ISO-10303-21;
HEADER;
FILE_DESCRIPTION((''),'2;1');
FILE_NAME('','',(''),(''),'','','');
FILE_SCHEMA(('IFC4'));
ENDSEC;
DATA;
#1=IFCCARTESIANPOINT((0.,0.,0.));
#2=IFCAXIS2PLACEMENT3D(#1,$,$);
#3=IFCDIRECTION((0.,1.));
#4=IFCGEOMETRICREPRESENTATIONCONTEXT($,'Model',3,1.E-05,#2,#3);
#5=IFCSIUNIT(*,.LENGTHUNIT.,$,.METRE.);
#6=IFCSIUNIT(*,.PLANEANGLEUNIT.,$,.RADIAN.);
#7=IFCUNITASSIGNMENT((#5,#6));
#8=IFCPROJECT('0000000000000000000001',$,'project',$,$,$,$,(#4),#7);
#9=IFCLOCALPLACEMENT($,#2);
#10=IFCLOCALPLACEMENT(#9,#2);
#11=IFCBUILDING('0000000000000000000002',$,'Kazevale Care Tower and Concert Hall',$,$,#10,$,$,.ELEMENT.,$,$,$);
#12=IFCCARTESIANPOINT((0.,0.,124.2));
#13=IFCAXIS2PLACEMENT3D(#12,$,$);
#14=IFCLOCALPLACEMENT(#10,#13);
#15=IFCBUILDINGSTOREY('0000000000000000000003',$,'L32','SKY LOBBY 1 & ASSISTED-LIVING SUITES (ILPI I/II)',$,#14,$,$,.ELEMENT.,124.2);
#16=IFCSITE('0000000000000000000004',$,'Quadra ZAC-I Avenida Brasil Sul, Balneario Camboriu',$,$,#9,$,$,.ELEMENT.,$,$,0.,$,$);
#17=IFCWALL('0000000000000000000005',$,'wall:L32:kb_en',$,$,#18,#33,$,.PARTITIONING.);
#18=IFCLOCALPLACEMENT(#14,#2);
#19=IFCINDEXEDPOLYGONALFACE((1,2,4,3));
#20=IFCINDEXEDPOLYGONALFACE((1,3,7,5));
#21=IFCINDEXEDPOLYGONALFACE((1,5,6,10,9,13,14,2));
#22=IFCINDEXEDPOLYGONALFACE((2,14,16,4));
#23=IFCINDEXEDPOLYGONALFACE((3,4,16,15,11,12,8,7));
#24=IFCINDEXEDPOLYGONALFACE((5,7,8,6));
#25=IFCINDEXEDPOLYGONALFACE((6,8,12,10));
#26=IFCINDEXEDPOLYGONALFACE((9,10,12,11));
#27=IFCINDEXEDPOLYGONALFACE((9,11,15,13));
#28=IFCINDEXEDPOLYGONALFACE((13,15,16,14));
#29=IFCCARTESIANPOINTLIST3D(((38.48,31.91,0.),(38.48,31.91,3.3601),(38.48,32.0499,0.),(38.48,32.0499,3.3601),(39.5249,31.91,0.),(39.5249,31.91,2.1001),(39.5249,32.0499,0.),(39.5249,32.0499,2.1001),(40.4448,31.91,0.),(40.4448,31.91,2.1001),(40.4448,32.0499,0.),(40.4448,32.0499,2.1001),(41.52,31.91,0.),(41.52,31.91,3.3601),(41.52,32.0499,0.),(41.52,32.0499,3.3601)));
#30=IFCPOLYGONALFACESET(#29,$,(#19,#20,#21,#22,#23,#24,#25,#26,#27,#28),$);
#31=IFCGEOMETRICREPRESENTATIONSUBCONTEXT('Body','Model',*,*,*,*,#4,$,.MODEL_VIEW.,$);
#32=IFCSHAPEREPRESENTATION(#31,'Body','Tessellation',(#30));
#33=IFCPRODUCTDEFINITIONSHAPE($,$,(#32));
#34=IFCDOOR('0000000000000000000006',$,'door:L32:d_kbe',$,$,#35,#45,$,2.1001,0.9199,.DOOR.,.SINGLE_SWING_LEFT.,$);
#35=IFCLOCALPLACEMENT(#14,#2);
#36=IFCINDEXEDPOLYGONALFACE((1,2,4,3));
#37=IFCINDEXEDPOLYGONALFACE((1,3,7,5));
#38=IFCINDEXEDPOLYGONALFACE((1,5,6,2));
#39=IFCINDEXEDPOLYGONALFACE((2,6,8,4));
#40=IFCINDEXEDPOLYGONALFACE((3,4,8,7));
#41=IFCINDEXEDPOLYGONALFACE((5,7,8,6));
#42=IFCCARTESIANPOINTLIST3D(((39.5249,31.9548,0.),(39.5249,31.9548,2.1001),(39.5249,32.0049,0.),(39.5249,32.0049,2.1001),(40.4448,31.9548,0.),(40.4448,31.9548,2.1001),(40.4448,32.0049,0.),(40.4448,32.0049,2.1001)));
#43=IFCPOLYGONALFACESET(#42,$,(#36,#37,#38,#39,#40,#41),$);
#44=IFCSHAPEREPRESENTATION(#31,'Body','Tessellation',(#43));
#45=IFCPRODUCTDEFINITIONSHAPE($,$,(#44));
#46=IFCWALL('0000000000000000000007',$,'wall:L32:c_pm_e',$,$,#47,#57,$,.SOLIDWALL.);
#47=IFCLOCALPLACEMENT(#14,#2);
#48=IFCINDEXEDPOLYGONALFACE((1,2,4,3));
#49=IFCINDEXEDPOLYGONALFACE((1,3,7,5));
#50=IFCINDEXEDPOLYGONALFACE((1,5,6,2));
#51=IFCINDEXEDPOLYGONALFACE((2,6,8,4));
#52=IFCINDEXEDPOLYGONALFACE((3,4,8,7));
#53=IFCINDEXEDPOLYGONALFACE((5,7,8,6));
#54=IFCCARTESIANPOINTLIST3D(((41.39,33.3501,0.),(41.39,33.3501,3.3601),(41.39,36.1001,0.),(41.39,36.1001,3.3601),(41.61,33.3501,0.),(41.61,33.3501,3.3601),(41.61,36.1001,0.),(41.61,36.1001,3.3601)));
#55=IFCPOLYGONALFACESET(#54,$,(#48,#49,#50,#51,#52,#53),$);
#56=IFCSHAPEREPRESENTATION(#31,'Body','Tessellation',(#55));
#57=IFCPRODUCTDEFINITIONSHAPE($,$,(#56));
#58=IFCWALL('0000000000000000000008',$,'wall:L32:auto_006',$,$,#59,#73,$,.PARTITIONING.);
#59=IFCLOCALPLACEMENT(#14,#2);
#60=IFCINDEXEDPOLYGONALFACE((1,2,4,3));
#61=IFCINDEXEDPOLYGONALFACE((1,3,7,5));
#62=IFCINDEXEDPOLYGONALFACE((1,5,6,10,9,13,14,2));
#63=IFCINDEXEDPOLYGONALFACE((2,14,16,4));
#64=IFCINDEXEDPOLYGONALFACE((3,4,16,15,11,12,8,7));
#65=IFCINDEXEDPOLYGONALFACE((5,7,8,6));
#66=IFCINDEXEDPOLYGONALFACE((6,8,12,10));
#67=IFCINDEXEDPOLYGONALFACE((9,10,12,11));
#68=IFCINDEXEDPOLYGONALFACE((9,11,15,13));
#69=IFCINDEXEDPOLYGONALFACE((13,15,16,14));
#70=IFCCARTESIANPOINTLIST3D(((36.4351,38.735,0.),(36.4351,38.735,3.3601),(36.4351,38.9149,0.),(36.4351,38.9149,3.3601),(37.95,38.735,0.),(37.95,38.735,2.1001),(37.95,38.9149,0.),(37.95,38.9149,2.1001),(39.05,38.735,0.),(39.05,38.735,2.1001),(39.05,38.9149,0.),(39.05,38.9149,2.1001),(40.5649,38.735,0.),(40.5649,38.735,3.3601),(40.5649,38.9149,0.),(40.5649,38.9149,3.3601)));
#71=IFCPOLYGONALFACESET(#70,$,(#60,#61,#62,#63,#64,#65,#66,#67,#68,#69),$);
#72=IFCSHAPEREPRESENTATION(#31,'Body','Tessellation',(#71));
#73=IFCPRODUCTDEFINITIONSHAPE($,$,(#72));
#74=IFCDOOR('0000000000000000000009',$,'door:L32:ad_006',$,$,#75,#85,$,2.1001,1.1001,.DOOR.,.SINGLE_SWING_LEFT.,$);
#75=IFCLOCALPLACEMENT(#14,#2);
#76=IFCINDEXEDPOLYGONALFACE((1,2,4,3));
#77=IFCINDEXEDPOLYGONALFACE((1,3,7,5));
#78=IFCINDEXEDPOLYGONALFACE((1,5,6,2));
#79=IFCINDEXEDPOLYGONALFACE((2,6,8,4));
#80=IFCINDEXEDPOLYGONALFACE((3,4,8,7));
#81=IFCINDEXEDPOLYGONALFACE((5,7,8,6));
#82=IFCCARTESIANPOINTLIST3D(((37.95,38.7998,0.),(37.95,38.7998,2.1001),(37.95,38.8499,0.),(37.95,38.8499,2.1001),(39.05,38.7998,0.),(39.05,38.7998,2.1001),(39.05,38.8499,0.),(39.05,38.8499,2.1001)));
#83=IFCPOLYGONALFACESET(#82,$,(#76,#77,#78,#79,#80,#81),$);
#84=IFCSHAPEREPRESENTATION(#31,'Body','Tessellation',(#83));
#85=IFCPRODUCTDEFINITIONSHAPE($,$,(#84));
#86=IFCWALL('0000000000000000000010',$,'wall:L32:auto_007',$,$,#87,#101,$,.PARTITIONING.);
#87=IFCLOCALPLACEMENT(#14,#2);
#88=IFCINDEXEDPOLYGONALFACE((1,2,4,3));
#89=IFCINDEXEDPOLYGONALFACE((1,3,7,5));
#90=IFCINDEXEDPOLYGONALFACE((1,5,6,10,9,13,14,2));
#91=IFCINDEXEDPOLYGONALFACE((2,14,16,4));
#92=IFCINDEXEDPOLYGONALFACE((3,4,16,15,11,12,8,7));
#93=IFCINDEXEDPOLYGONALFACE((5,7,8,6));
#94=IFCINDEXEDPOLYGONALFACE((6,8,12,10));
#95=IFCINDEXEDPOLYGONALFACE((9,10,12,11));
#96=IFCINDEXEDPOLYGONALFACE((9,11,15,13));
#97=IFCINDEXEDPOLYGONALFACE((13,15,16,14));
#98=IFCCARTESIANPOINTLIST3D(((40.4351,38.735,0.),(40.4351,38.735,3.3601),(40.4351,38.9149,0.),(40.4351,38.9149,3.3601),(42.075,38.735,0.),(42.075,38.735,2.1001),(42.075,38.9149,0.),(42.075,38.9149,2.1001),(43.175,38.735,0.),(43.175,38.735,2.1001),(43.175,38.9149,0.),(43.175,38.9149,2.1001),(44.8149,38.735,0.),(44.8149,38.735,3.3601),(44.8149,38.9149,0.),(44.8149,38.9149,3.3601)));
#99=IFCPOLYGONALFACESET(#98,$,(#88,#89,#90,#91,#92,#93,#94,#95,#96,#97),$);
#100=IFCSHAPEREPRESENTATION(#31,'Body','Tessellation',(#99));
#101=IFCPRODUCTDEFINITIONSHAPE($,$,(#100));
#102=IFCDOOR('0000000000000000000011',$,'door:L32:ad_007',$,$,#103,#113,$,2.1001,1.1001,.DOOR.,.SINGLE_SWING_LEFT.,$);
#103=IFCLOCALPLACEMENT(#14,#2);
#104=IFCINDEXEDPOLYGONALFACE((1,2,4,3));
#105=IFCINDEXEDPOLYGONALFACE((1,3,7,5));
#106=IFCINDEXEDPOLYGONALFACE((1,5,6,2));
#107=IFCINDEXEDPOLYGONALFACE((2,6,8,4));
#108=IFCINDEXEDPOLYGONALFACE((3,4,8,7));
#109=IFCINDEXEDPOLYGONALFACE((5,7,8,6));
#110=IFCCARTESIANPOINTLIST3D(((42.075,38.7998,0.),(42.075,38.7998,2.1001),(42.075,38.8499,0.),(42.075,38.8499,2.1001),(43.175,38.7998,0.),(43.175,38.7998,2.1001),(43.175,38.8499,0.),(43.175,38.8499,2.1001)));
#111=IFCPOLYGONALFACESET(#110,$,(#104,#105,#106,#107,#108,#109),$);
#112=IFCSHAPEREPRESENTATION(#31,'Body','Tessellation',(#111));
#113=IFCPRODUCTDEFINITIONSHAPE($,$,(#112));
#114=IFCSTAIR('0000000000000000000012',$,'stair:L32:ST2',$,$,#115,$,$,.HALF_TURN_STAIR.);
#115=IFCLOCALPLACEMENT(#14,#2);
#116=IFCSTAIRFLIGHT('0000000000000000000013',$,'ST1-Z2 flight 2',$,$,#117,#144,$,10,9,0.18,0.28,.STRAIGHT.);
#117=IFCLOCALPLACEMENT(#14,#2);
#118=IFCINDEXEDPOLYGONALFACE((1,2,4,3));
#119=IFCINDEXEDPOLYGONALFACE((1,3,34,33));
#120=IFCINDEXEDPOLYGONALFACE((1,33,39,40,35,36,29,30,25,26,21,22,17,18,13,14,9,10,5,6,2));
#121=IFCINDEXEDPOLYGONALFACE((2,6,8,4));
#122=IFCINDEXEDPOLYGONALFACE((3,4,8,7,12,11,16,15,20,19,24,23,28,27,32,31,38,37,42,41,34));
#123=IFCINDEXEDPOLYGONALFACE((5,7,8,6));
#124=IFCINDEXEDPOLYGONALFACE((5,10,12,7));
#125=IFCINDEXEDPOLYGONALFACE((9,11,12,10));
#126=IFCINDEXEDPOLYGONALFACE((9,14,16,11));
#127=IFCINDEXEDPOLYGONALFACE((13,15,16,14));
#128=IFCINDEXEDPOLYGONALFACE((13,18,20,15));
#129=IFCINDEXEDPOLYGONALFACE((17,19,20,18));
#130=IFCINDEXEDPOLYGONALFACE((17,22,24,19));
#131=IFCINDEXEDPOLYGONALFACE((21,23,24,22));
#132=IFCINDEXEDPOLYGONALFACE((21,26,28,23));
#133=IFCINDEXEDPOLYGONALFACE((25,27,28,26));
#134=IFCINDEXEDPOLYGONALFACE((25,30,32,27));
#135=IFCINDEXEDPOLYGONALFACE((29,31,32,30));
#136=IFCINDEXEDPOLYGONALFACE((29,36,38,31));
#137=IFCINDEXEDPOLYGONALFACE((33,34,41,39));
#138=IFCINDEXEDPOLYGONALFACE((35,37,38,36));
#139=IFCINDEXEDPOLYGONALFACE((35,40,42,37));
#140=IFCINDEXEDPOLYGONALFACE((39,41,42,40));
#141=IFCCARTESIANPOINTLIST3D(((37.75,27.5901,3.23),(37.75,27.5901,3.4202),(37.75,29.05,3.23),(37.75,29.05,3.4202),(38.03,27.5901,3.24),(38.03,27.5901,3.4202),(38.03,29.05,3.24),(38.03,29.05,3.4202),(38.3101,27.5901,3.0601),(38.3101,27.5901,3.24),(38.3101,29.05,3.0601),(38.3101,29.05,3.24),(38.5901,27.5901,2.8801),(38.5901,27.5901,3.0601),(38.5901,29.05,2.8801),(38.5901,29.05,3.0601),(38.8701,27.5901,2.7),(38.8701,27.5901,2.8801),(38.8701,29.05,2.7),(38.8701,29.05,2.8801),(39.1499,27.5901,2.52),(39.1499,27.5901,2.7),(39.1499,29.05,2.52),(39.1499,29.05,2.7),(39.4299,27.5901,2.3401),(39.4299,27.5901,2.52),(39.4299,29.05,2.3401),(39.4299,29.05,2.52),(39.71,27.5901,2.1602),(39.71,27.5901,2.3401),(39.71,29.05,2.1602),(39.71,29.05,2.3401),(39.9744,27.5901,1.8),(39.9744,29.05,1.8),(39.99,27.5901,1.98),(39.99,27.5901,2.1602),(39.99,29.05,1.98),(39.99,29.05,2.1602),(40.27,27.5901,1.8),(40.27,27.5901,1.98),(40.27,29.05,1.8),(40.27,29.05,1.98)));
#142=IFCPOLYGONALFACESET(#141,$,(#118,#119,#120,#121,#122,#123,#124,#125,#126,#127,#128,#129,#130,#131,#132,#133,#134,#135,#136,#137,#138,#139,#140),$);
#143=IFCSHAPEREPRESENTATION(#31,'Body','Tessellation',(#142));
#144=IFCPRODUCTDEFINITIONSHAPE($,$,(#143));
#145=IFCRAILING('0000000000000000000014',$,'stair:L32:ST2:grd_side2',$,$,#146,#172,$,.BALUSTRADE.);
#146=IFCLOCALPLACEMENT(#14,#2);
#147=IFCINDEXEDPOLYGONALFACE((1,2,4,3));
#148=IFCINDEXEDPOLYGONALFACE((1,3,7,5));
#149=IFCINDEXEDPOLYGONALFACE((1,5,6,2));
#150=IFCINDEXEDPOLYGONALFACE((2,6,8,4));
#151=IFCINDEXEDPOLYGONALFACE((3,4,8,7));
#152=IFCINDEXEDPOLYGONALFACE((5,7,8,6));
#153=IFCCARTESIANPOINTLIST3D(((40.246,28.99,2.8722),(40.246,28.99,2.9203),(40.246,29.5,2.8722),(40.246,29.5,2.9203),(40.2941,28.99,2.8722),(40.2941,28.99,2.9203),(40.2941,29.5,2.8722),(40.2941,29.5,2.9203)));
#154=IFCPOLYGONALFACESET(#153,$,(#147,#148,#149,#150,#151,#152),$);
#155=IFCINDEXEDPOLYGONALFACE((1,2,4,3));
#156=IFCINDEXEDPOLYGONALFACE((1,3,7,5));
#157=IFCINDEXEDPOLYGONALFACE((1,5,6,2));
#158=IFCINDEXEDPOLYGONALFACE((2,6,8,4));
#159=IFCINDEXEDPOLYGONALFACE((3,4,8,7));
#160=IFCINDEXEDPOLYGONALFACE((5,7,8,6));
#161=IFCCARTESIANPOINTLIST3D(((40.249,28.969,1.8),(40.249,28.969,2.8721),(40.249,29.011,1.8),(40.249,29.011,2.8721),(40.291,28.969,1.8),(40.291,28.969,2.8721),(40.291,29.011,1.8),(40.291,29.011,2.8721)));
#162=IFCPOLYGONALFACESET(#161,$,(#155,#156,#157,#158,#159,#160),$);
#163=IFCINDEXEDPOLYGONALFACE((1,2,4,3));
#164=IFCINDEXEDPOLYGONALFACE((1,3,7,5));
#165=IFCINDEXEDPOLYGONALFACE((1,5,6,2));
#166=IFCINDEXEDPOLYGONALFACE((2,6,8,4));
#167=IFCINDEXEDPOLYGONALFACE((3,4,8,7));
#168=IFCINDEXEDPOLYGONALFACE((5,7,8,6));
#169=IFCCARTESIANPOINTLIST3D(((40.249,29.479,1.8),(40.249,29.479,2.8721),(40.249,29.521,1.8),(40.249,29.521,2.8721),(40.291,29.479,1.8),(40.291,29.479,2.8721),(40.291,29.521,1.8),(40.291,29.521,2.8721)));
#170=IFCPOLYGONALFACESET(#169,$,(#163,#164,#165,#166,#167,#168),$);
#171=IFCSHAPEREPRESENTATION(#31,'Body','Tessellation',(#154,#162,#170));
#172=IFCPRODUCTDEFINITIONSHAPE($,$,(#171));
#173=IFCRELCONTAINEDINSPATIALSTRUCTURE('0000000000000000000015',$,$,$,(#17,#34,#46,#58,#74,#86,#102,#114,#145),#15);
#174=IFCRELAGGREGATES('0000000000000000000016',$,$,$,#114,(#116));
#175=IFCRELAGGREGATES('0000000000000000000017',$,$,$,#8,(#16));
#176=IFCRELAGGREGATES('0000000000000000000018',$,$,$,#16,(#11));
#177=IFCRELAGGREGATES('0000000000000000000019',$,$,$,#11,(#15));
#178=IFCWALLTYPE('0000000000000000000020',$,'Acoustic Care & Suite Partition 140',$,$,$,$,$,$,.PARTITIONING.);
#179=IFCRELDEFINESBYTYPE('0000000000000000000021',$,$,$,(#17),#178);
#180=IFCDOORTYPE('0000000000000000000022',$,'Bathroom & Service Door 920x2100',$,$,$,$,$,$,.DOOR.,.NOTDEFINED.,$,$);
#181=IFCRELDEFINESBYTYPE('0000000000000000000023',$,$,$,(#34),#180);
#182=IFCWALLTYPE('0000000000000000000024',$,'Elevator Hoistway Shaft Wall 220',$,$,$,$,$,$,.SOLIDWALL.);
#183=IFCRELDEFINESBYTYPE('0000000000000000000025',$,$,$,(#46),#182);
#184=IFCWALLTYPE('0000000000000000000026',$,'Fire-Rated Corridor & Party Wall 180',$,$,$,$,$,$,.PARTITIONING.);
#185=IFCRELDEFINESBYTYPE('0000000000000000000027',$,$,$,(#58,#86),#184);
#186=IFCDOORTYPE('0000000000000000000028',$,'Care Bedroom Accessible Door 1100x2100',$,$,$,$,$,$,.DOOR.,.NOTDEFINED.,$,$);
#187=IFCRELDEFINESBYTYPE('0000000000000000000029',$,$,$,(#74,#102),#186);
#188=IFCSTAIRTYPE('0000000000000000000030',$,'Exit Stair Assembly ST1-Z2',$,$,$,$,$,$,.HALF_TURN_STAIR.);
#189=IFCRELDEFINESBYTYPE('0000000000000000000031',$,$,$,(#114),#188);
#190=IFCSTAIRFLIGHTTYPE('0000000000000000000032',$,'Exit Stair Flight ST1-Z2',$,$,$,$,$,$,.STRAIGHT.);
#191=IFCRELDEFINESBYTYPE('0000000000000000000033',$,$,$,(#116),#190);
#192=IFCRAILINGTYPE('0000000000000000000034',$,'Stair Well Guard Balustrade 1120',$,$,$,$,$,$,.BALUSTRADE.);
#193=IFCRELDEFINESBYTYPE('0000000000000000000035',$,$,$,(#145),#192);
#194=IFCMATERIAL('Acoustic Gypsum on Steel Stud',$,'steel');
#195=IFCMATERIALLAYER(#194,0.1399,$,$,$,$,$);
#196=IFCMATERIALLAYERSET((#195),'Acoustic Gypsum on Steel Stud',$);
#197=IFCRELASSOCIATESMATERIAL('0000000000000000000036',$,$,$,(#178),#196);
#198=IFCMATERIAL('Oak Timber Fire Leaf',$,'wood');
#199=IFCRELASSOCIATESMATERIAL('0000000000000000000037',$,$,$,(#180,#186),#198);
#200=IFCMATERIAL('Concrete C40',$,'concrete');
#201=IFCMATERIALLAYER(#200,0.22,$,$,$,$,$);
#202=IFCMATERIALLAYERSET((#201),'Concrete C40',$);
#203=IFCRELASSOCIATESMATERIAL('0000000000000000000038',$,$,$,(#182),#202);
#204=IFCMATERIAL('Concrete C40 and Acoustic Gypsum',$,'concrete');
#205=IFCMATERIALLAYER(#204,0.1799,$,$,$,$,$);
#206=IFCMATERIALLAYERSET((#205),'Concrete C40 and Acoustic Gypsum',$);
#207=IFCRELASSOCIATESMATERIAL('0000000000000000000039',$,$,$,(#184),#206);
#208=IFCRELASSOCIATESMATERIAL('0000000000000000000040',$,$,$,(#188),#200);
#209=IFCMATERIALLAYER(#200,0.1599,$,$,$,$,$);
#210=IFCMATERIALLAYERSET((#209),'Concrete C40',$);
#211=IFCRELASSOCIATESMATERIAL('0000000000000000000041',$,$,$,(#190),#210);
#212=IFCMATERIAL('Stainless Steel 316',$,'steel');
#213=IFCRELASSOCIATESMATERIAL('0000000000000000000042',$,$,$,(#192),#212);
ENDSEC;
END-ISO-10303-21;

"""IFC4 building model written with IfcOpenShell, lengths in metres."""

from ifc_helpers import new_model, si_unit, direction, frame, frame_2d, origin, origin_2d, place, context, subcontext, project, spatial, polyline, rectangle, outline, extrude, material, layer, layer_set, type_object, element, fill, aggregate, save


model = new_model("IFC4")

# Units and contexts
model_context = context("Model", 3, precision=1e-05, world=origin(), true_north=direction((0.0, 1.0)))
body_context = subcontext(model_context, "Body", "Model", "MODEL_VIEW")
ifc_project = project(units=[si_unit("LENGTHUNIT", "METRE"), si_unit("PLANEANGLEUNIT", "RADIAN")], contexts=[model_context])

# Site, building, storey
site_placement = place(None, origin())
site = spatial("IfcSite", under=ifc_project, at=site_placement, Name="Quadra ZAC-I Avenida Brasil Sul, Balneario Camboriu", CompositionType="ELEMENT", RefElevation=0.0)
building_placement = place(site_placement, origin())
building = spatial("IfcBuilding", under=site, at=building_placement, Name="Kazevale Care Tower and Concert Hall", CompositionType="ELEMENT")
storey_placement = place(building_placement, frame((0.0, 0.0, 124.2)))
storey = spatial("IfcBuildingStorey", under=building, at=storey_placement, Name="L32", Description="SKY LOBBY 1 & ASSISTED-LIVING SUITES (ILPI I/II)", CompositionType="ELEMENT", Elevation=124.2)

# Shared definitions
ifc_material_1 = material(Name="Acoustic Gypsum on Steel Stud", Category="steel")
ifc_layer_1 = layer(ifc_material_1, 0.1399)
ifc_layer_set_1 = layer_set([ifc_layer_1], Name="Acoustic Gypsum on Steel Stud")
wall_type_1 = type_object("IfcWallType", Name="Acoustic Care & Suite Partition 140", PredefinedType="PARTITIONING", material=ifc_layer_set_1)

# Wall, opening, door
wall_1_placement = place(storey_placement, frame((38.48, 31.98, 0.0), z_axis=(0.0, 0.0, 1.0), x_axis=(1.0, 0.0, 0.0)))
wall_1 = element("IfcWall", 1, at=wall_1_placement, inside=storey, type_object=wall_type_1, Name="wall:L32:kb_en", PredefinedType="PARTITIONING", context=body_context, shape_type="SweptSolid", body=[
    extrude(rectangle(XDim=3.04, YDim=0.1399, at=frame_2d((1.52, 0.0))), origin(), (0.0, 0.0, 1.0), 3.3601),
])
opening_1_placement = place(wall_1_placement, frame((1.0449, 0.0, 0.0)))
opening_1 = element("IfcOpeningElement", 2, at=opening_1_placement, cuts=wall_1, PredefinedType="OPENING", context=body_context, shape_type="SweptSolid", body=[
    extrude(rectangle(XDim=0.9199, YDim=2.1001, at=frame_2d((0.46, 1.05))), frame((0.0, 0.0798, 0.0), z_axis=(0.0, -1.0, 0.0), x_axis=(1.0, 0.0, 0.0)), (0.0, 0.0, 1.0), 0.1599),
])
ifc_material_2 = material(Name="Oak Timber Fire Leaf", Category="wood")
door_type_1 = type_object("IfcDoorType", Name="Bathroom & Service Door 920x2100", OperationType="NOTDEFINED", PredefinedType="DOOR", material=ifc_material_2)
door_1_placement = place(opening_1_placement, origin())
door_1 = element("IfcDoor", 3, at=door_1_placement, inside=storey, type_object=door_type_1, Name="door:L32:d_kbe", OperationType="SINGLE_SWING_LEFT", OverallHeight=2.1001, OverallWidth=0.9199, PredefinedType="DOOR", context=body_context, shape_type="SweptSolid", body=[
    extrude(rectangle(XDim=0.9199, YDim=2.1001, at=frame_2d((0.46, 1.05))), frame((0.0, 0.0249, 0.0), z_axis=(0.0, -1.0, 0.0), x_axis=(1.0, 0.0, 0.0)), (0.0, 0.0, 1.0), 0.05),
])
fill(opening_1, door_1)

# Wall
ifc_material_3 = material(Name="Concrete C40", Category="concrete")
ifc_layer_2 = layer(ifc_material_3, 0.22)
ifc_layer_set_2 = layer_set([ifc_layer_2], Name="Concrete C40")
wall_type_2 = type_object("IfcWallType", Name="Elevator Hoistway Shaft Wall 220", PredefinedType="SOLIDWALL", material=ifc_layer_set_2)
wall_2_placement = place(storey_placement, frame((41.5, 33.3501, 0.0), z_axis=(0.0, 0.0, 1.0), x_axis=(0.0, 1.0, 0.0)))
element("IfcWall", 4, at=wall_2_placement, inside=storey, type_object=wall_type_2, Name="wall:L32:c_pm_e", PredefinedType="SOLIDWALL", context=body_context, shape_type="SweptSolid", body=[
    extrude(rectangle(XDim=2.75, YDim=0.22, at=frame_2d((1.375, 0.0))), origin(), (0.0, 0.0, 1.0), 3.3601),
])

# Walls, openings, doors
ifc_material_4 = material(Name="Concrete C40 and Acoustic Gypsum", Category="concrete")
ifc_layer_3 = layer(ifc_material_4, 0.1799)
ifc_layer_set_3 = layer_set([ifc_layer_3], Name="Concrete C40 and Acoustic Gypsum")
wall_type_3 = type_object("IfcWallType", Name="Fire-Rated Corridor & Party Wall 180", PredefinedType="PARTITIONING", material=ifc_layer_set_3)
wall_3_placement = place(storey_placement, frame((36.4351, 38.825, 0.0), z_axis=(0.0, 0.0, 1.0), x_axis=(1.0, 0.0, 0.0)))
wall_3 = element("IfcWall", 5, at=wall_3_placement, inside=storey, type_object=wall_type_3, Name="wall:L32:auto_006", PredefinedType="PARTITIONING", context=body_context, shape_type="SweptSolid", body=[
    extrude(rectangle(XDim=4.1299, YDim=0.1799, at=frame_2d((2.0649, 0.0))), origin(), (0.0, 0.0, 1.0), 3.3601),
])
opening_2_placement = place(wall_3_placement, frame((1.5149, 0.0, 0.0)))
opening_2 = element("IfcOpeningElement", 6, at=opening_2_placement, cuts=wall_3, PredefinedType="OPENING", context=body_context, shape_type="SweptSolid", body=[
    extrude(rectangle(XDim=1.1001, YDim=2.1001, at=frame_2d((0.55, 1.05))), frame((0.0, 0.0999, 0.0), z_axis=(0.0, -1.0, 0.0), x_axis=(1.0, 0.0, 0.0)), (0.0, 0.0, 1.0), 0.2),
])
door_type_2 = type_object("IfcDoorType", Name="Care Bedroom Accessible Door 1100x2100", OperationType="NOTDEFINED", PredefinedType="DOOR", material=ifc_material_2)
door_2_placement = place(opening_2_placement, origin())
door_2 = element("IfcDoor", 7, at=door_2_placement, inside=storey, type_object=door_type_2, Name="door:L32:ad_006", OperationType="SINGLE_SWING_LEFT", OverallHeight=2.1001, OverallWidth=1.1001, PredefinedType="DOOR", context=body_context, shape_type="SweptSolid", body=[
    extrude(rectangle(XDim=1.1001, YDim=2.1001, at=frame_2d((0.55, 1.05))), frame((0.0, 0.0249, 0.0), z_axis=(0.0, -1.0, 0.0), x_axis=(1.0, 0.0, 0.0)), (0.0, 0.0, 1.0), 0.05),
])
fill(opening_2, door_2)
wall_4_placement = place(storey_placement, frame((40.4351, 38.825, 0.0), z_axis=(0.0, 0.0, 1.0), x_axis=(1.0, 0.0, 0.0)))
wall_4 = element("IfcWall", 8, at=wall_4_placement, inside=storey, type_object=wall_type_3, Name="wall:L32:auto_007", PredefinedType="PARTITIONING", context=body_context, shape_type="SweptSolid", body=[
    extrude(rectangle(XDim=4.3799, YDim=0.1799, at=frame_2d((2.1899, 0.0))), origin(), (0.0, 0.0, 1.0), 3.3601),
])
opening_3_placement = place(wall_4_placement, frame((1.6399, 0.0, 0.0)))
opening_3 = element("IfcOpeningElement", 9, at=opening_3_placement, cuts=wall_4, PredefinedType="OPENING", context=body_context, shape_type="SweptSolid", body=[
    extrude(rectangle(XDim=1.1001, YDim=2.1001, at=frame_2d((0.55, 1.05))), frame((0.0, 0.0999, 0.0), z_axis=(0.0, -1.0, 0.0), x_axis=(1.0, 0.0, 0.0)), (0.0, 0.0, 1.0), 0.2),
])
door_3_placement = place(opening_3_placement, origin())
door_3 = element("IfcDoor", 10, at=door_3_placement, inside=storey, type_object=door_type_2, Name="door:L32:ad_007", OperationType="SINGLE_SWING_LEFT", OverallHeight=2.1001, OverallWidth=1.1001, PredefinedType="DOOR", context=body_context, shape_type="SweptSolid", body=[
    extrude(rectangle(XDim=1.1001, YDim=2.1001, at=frame_2d((0.55, 1.05))), frame((0.0, 0.0249, 0.0), z_axis=(0.0, -1.0, 0.0), x_axis=(1.0, 0.0, 0.0)), (0.0, 0.0, 1.0), 0.05),
])
fill(opening_3, door_3)

# Stair, stair flight
stair_type = type_object("IfcStairType", Name="Exit Stair Assembly ST1-Z2", PredefinedType="HALF_TURN_STAIR", material=ifc_material_3)
stair_placement = place(storey_placement, origin())
stair = element("IfcStair", 11, at=stair_placement, inside=storey, type_object=stair_type, Name="stair:L32:ST2", PredefinedType="HALF_TURN_STAIR")
ifc_layer_4 = layer(ifc_material_3, 0.1599)
ifc_layer_set_4 = layer_set([ifc_layer_4], Name="Concrete C40")
stair_flight_type = type_object("IfcStairFlightType", Name="Exit Stair Flight ST1-Z2", PredefinedType="STRAIGHT", material=ifc_layer_set_4)
stair_flight_placement = place(storey_placement, frame((40.27, 28.3201, 1.8), z_axis=(0.0, 0.0, 1.0), x_axis=(-1.0, 0.0, 0.0)))
stair_flight = element("IfcStairFlight", 12, at=stair_flight_placement, type_object=stair_flight_type, Name="ST1-Z2 flight 2", NumberOfRisers=10, NumberOfTreads=9, PredefinedType="STRAIGHT", RiserHeight=0.18, TreadLength=0.28, context=body_context, shape_type="SweptSolid", body=[
    extrude(outline(polyline([(0.0, 0.0), (0.0, 0.1799), (0.28, 0.1799), (0.28, 0.3601), (0.5601, 0.3601), (0.5601, 0.54), (0.8401, 0.54), (0.8401, 0.72), (1.1201, 0.72), (1.1201, 0.8999), (1.3999, 0.8999), (1.3999, 1.0801), (1.6799, 1.0801), (1.6799, 1.26), (1.96, 1.26), (1.96, 1.4399), (2.24, 1.4399), (2.24, 1.6201), (2.52, 1.6201), (2.52, 1.8), (2.52, 1.4299), (0.2957, 0.0), (0.0, 0.0)])), frame((0.0, 0.73, 0.0), z_axis=(0.0, -1.0, 0.0), x_axis=(1.0, 0.0, 0.0)), (0.0, 0.0, 1.0), 1.46),
])
aggregate(stair, [stair_flight])

# Railing
ifc_material_5 = material(Name="Stainless Steel 316", Category="steel")
railing_type = type_object("IfcRailingType", Name="Stair Well Guard Balustrade 1120", PredefinedType="BALUSTRADE", material=ifc_material_5)
railing_placement = place(storey_placement, frame((40.27, 28.99, 1.8)))
element("IfcRailing", 13, at=railing_placement, inside=storey, type_object=railing_type, Name="stair:L32:ST2:grd_side2", PredefinedType="BALUSTRADE", context=body_context, shape_type="SweptSolid", body=[
    extrude(rectangle(XDim=0.0481, YDim=0.0481, at=origin_2d()), frame((0.0, 0.0, 1.0962), z_axis=(0.0, 1.0, 0.0), x_axis=(-1.0, 0.0, 0.0)), (0.0, 0.0, 1.0), 0.51),
    extrude(rectangle(XDim=0.042, YDim=0.042, at=origin_2d()), origin(), (0.0, 0.0, 1.0), 1.072),
    extrude(rectangle(XDim=0.042, YDim=0.042, at=origin_2d()), frame((0.0, 0.51, 0.0)), (0.0, 0.0, 1.0), 1.072),
])

save(model, "model.ifc")
